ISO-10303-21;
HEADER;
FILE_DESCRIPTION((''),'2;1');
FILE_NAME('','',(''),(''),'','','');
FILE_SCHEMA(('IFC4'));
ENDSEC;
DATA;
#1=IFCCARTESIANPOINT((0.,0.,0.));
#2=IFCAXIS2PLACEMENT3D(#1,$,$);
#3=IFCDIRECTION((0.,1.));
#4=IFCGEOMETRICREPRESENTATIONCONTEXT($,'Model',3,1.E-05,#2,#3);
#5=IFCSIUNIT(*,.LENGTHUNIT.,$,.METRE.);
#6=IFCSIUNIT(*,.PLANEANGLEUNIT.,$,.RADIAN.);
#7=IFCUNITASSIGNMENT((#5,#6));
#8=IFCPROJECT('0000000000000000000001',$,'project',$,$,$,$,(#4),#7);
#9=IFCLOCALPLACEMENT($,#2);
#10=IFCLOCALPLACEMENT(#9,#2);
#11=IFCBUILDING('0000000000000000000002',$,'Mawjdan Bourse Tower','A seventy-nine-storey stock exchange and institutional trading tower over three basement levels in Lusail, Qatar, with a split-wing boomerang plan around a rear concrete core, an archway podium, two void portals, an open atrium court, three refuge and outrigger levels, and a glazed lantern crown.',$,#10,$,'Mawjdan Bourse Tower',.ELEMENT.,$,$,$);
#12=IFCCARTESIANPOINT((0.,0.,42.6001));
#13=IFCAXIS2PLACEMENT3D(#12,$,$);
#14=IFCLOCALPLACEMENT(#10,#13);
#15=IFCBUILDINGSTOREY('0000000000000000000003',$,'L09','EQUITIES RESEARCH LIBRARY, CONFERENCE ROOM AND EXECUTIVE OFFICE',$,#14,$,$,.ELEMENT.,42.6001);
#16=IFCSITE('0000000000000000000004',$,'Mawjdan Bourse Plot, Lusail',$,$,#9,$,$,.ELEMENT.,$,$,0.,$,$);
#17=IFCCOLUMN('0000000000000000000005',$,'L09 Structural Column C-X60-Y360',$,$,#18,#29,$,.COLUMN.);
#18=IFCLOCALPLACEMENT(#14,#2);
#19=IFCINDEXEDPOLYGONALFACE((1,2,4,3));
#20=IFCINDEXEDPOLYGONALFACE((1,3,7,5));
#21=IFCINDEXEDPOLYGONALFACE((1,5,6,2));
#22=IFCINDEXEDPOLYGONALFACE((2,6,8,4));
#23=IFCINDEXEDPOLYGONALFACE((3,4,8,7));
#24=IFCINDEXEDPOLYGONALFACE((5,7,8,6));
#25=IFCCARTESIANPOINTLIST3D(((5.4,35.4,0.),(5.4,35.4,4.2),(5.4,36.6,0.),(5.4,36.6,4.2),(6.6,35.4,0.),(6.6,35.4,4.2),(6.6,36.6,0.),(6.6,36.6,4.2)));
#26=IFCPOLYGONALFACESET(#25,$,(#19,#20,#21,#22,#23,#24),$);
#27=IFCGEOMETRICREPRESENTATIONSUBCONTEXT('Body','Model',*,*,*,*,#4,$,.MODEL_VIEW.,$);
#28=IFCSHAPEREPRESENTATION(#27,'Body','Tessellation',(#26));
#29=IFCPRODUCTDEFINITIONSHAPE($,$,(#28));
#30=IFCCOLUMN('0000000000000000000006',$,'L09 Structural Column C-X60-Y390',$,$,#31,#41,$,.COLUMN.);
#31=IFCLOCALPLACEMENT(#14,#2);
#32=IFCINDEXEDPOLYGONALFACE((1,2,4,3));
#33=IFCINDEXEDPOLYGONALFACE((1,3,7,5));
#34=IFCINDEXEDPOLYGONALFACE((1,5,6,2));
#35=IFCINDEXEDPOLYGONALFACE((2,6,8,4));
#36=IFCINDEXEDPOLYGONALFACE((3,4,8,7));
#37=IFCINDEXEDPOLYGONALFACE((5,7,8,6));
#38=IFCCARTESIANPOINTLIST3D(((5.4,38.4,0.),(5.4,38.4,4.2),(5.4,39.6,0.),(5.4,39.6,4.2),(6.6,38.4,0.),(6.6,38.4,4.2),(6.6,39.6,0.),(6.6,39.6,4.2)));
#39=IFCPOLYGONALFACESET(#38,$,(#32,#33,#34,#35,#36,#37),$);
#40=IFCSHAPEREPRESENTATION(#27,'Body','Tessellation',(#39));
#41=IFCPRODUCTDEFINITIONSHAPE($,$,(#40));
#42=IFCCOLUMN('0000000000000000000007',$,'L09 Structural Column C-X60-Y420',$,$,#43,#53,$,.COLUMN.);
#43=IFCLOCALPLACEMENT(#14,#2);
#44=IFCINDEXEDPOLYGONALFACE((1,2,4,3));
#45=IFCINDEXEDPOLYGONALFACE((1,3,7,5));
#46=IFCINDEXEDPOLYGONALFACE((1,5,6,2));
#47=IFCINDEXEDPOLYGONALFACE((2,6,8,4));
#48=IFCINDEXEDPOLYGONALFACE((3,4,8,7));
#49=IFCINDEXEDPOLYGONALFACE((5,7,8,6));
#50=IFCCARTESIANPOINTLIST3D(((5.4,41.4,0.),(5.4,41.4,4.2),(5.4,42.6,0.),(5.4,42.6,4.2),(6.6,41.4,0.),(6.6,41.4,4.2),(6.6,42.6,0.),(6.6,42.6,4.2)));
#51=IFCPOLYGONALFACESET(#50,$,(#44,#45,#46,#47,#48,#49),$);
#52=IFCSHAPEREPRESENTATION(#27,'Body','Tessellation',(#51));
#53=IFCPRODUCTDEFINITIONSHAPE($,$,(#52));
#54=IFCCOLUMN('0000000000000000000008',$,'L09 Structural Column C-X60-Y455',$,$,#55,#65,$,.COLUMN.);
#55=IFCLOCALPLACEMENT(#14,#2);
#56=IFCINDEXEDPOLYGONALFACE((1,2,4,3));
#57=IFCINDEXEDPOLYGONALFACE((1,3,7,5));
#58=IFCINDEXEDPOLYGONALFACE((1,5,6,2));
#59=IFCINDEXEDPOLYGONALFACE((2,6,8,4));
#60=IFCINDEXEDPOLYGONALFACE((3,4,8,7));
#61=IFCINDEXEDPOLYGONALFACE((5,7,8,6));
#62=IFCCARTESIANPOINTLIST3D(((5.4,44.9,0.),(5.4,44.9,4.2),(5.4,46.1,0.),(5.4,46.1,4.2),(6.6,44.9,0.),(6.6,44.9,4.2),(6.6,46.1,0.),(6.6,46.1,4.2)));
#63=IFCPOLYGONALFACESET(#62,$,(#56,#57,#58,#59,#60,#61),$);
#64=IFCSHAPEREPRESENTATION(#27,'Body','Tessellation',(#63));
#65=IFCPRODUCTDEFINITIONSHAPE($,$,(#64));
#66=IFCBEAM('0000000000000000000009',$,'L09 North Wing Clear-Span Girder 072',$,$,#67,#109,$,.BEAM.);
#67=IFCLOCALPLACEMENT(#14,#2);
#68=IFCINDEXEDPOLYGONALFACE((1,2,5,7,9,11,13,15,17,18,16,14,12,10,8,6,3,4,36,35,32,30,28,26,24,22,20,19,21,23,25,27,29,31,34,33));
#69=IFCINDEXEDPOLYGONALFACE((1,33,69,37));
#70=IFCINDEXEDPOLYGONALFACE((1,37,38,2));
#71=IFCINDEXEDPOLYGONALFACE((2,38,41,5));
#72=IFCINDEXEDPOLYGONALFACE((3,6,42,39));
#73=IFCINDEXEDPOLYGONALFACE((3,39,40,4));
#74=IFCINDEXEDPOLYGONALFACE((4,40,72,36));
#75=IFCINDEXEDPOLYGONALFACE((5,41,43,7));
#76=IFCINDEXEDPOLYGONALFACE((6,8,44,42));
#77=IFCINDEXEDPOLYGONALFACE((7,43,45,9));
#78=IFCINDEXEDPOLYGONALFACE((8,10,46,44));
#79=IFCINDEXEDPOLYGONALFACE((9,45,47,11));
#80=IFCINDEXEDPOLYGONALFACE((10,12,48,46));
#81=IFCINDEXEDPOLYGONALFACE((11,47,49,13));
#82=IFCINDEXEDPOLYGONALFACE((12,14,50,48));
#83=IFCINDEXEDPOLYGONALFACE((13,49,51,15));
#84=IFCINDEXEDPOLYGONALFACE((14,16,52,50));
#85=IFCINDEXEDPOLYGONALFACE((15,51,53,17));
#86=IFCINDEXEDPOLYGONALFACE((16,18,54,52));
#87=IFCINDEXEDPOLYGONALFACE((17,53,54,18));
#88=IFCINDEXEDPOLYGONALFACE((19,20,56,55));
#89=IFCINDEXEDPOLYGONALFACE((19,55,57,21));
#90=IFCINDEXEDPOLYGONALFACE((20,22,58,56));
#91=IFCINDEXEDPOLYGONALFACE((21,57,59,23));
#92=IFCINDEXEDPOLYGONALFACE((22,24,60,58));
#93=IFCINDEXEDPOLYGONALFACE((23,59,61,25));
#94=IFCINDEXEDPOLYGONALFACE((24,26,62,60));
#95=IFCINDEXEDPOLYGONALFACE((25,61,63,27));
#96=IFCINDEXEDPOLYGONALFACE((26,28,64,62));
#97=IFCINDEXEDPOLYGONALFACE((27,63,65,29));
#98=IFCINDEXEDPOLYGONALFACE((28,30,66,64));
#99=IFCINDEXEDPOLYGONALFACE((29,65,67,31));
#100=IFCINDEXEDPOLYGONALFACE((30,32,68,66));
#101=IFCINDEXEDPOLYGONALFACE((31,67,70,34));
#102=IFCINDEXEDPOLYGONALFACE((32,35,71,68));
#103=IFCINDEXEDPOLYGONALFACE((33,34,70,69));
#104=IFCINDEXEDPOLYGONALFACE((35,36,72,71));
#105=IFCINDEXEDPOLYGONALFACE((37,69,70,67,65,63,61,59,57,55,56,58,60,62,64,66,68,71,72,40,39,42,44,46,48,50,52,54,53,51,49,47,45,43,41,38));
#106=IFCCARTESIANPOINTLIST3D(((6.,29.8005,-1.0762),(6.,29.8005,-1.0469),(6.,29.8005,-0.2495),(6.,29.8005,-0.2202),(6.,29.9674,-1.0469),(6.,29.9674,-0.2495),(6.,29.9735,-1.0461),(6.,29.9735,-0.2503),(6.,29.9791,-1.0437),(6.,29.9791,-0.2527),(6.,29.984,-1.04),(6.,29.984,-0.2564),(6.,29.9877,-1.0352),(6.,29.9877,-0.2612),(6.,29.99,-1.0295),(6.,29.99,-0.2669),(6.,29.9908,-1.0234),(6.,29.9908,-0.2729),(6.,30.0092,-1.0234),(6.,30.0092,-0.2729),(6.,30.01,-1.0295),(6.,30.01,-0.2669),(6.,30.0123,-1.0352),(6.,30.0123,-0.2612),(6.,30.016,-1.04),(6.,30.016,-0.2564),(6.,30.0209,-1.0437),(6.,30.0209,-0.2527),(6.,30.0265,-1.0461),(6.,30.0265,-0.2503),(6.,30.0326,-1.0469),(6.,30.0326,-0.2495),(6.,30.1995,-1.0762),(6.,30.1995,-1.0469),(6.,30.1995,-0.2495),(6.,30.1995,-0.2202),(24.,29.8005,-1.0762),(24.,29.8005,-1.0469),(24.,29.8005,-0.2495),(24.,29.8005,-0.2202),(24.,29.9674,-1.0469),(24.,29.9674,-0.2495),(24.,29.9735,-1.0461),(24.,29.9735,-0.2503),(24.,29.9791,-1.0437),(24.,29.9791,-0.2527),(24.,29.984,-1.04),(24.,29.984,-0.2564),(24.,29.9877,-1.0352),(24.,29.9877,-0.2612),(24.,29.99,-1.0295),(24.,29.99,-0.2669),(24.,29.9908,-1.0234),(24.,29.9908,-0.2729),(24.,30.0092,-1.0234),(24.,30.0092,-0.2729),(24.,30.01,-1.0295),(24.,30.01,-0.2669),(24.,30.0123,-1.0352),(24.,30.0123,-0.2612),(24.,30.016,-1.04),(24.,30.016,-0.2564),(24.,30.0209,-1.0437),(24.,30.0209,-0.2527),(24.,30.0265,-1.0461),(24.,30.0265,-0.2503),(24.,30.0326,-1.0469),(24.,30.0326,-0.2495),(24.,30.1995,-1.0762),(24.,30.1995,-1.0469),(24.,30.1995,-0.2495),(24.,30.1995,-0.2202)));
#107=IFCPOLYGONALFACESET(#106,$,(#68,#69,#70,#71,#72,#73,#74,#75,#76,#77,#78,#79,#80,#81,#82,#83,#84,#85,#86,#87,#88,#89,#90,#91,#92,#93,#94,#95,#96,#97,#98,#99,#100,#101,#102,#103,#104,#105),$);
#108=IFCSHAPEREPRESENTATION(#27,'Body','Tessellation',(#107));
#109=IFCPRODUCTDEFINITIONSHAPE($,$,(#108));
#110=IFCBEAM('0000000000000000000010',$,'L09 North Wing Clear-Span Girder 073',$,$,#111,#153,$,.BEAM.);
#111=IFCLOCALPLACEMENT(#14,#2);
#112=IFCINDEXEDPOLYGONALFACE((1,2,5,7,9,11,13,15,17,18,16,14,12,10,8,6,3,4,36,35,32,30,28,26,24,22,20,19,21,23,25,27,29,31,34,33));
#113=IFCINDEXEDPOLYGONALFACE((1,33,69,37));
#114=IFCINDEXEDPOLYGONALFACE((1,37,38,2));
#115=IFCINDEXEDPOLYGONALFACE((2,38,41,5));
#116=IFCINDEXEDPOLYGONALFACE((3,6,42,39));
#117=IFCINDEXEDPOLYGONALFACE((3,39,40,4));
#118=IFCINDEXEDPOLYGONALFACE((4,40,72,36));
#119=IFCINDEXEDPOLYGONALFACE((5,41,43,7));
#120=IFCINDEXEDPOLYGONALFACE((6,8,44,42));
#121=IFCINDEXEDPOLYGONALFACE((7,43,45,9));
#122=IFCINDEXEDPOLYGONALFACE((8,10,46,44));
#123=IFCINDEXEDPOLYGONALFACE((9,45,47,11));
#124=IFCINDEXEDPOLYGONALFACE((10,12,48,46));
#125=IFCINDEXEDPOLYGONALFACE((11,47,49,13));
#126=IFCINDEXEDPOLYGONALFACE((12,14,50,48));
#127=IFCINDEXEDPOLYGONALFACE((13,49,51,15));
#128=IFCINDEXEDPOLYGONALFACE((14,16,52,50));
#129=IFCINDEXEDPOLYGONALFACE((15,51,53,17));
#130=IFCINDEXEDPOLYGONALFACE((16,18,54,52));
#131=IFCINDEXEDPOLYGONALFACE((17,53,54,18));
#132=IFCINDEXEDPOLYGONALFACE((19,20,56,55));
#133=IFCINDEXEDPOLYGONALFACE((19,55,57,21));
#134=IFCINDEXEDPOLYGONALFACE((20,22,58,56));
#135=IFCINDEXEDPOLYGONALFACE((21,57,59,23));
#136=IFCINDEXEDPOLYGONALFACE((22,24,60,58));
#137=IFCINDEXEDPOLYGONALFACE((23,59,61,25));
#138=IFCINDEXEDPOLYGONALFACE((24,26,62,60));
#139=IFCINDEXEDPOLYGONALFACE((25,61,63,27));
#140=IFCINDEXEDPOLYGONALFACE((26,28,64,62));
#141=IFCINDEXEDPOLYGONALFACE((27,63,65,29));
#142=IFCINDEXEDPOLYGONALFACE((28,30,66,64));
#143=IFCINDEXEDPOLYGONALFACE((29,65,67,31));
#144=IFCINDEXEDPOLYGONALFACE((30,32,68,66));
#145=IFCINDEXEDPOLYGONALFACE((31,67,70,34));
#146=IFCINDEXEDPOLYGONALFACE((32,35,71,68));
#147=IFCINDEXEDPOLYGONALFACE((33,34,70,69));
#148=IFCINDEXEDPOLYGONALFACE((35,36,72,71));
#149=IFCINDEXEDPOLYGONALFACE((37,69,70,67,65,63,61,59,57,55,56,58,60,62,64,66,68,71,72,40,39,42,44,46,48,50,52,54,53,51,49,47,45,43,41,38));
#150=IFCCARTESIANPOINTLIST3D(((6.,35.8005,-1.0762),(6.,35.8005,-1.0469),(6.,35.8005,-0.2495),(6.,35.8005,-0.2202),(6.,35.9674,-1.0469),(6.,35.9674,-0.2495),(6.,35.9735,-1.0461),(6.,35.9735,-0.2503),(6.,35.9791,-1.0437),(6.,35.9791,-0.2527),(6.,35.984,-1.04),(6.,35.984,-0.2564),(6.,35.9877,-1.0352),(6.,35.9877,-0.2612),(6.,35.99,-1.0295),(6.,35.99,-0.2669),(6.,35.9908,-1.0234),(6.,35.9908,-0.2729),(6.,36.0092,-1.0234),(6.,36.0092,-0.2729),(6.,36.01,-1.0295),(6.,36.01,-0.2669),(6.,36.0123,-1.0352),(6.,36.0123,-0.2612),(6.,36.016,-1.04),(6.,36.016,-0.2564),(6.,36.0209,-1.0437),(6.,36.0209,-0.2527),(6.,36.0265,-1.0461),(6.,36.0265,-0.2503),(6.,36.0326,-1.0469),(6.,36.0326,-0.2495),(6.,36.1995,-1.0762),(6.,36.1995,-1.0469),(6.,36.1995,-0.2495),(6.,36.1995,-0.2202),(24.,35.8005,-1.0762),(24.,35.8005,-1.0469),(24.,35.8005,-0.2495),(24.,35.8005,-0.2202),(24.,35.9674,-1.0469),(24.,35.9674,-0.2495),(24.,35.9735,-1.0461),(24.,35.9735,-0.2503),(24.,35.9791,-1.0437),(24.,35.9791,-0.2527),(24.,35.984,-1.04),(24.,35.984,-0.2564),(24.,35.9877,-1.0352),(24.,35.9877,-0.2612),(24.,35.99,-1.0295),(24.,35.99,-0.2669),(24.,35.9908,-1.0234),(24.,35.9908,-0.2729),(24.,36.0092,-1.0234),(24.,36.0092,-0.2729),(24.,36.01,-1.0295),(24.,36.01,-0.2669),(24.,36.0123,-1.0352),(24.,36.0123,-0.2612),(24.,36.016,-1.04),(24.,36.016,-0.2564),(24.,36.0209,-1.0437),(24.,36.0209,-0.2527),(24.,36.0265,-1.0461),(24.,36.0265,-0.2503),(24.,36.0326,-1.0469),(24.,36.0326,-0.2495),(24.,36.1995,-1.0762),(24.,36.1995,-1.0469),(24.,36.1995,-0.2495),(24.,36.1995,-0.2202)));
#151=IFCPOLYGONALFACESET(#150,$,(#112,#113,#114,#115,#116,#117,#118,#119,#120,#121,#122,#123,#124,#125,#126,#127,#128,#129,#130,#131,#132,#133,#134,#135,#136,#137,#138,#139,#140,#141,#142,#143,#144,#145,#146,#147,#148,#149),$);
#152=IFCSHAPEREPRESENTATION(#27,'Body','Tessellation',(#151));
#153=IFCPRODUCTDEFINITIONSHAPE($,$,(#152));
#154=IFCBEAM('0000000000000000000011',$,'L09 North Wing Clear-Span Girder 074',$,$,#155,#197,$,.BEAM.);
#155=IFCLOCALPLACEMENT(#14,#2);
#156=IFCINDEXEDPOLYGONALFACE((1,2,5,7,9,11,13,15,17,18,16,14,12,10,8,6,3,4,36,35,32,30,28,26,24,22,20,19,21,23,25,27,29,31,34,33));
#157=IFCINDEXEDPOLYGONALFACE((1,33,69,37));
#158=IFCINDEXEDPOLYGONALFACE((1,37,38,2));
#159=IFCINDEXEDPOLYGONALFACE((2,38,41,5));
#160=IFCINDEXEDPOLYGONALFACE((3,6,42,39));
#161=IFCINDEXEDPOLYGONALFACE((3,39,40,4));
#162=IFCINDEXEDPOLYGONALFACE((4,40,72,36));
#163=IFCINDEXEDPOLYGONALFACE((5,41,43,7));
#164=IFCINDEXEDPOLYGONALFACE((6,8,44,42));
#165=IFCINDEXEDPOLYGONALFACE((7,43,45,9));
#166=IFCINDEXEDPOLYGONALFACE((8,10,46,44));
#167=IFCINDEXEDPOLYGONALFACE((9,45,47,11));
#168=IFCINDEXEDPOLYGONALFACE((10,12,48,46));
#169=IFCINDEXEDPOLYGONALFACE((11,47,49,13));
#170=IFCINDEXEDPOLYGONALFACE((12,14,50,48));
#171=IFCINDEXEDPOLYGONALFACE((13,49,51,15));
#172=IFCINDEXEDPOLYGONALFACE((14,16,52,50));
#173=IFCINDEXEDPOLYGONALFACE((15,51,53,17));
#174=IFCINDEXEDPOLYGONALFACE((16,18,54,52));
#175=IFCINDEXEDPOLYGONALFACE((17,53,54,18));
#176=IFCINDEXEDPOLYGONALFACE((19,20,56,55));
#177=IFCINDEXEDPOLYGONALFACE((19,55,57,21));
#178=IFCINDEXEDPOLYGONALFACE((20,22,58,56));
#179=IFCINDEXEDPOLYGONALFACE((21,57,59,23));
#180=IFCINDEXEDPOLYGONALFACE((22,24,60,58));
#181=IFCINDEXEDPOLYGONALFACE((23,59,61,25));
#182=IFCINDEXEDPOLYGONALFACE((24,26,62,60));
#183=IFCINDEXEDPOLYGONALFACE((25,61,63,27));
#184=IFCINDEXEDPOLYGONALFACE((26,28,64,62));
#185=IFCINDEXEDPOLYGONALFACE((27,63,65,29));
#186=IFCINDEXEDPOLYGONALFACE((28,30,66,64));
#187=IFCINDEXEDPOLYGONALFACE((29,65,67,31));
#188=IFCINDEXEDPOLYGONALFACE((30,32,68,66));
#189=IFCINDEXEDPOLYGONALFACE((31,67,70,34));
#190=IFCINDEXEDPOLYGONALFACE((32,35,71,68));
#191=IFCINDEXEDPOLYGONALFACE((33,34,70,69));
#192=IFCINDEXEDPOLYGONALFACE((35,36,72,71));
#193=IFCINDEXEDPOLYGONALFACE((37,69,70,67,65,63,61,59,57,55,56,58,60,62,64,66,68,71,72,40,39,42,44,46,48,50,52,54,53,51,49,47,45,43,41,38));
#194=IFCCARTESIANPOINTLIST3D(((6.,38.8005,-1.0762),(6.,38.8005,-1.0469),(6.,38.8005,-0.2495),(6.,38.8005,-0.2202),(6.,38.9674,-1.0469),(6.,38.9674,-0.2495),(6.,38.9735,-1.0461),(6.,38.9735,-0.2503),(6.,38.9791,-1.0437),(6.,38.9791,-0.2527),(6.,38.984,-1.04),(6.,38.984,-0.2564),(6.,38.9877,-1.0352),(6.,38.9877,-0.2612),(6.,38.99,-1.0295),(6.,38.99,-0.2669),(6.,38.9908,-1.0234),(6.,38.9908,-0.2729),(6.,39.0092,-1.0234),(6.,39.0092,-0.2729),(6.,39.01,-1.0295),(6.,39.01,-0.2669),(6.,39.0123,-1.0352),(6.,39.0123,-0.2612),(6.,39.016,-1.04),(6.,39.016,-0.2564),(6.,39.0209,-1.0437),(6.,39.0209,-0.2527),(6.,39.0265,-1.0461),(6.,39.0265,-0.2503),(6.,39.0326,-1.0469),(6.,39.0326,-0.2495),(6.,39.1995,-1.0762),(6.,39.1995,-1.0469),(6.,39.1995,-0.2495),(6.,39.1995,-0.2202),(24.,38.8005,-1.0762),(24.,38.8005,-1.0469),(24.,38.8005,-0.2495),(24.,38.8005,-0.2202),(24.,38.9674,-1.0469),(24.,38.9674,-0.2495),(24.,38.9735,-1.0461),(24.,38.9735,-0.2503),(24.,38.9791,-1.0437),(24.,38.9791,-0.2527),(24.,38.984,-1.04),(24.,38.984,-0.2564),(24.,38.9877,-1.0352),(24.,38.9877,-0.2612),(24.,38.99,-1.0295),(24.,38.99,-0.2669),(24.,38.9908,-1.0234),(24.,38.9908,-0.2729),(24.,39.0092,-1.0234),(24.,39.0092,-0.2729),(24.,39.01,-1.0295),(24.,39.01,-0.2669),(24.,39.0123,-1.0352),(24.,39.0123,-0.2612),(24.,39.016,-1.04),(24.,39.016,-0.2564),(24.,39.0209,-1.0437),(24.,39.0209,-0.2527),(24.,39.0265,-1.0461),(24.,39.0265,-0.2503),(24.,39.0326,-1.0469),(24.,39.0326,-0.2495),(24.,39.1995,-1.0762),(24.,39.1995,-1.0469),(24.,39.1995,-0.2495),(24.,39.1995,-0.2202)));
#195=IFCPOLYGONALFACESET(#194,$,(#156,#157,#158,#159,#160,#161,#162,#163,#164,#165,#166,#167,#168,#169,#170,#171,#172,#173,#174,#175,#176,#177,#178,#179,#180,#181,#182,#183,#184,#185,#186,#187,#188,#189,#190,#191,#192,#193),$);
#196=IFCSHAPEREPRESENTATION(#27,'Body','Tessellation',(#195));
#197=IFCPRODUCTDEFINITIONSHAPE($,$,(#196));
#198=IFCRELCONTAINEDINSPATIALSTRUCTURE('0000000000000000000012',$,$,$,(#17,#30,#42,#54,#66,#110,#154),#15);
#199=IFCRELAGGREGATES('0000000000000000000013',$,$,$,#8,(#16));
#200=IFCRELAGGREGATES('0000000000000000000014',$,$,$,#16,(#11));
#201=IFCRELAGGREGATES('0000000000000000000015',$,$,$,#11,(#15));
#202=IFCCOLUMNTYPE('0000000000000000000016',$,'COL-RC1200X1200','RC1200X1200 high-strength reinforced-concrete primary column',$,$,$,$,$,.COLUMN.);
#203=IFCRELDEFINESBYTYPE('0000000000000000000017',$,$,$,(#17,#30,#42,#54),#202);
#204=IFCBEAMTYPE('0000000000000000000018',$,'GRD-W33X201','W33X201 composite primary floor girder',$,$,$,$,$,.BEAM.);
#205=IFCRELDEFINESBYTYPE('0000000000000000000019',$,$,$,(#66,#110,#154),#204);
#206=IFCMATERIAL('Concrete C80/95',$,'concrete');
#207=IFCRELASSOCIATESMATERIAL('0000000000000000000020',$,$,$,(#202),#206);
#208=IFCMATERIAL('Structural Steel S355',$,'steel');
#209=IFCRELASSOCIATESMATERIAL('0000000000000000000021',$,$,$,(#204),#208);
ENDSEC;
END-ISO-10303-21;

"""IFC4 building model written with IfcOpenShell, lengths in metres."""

from ifc_helpers import new_model, si_unit, direction, frame, origin, origin_2d, place, context, subcontext, project, spatial, rectangle, i_section, extrude, material, material_profile, profile_set, type_object, element, save


model = new_model("IFC4")

# Units and contexts
model_context = context("Model", 3, precision=1e-05, world=origin(), true_north=direction((0.0, 1.0)))
body_context = subcontext(model_context, "Body", "Model", "MODEL_VIEW")
ifc_project = project(units=[si_unit("LENGTHUNIT", "METRE"), si_unit("PLANEANGLEUNIT", "RADIAN")], contexts=[model_context])

# Site, building, storey
site_placement = place(None, origin())
site = spatial("IfcSite", under=ifc_project, at=site_placement, Name="Mawjdan Bourse Plot, Lusail", CompositionType="ELEMENT", RefElevation=0.0)
building_placement = place(site_placement, origin())
building = spatial("IfcBuilding", under=site, at=building_placement, Name="Mawjdan Bourse Tower", Description="A seventy-nine-storey stock exchange and institutional trading tower over three basement levels in Lusail, Qatar, with a split-wing boomerang plan around a rear concrete core, an archway podium, two void portals, an open atrium court, three refuge and outrigger levels, and a glazed lantern crown.", LongName="Mawjdan Bourse Tower", CompositionType="ELEMENT")
storey_placement = place(building_placement, frame((0.0, 0.0, 42.6001)))
storey = spatial("IfcBuildingStorey", under=building, at=storey_placement, Name="L09", Description="EQUITIES RESEARCH LIBRARY, CONFERENCE ROOM AND EXECUTIVE OFFICE", CompositionType="ELEMENT", Elevation=42.6001)

# Columns
ifc_material_1 = material(Name="Concrete C80/95", Category="concrete")
ifc_material_profile_1 = material_profile(ifc_material_1, rectangle(XDim=1.2, YDim=1.2, at=origin_2d()), Name="RC1200X1200")
ifc_profile_set_1 = profile_set([ifc_material_profile_1], Name="Concrete C80/95")
column_type = type_object("IfcColumnType", Name="COL-RC1200X1200", Description="RC1200X1200 high-strength reinforced-concrete primary column", PredefinedType="COLUMN", material=ifc_profile_set_1)
for number, where, z_axis, x_axis, name in (
    (1, (6.0, 36.0, 0.0), (0.0, 0.0, 1.0), (1.0, 0.0, 0.0), "L09 Structural Column C-X60-Y360"),
    (2, (6.0, 39.0, 0.0), (0.0, 0.0, 1.0), (1.0, 0.0, 0.0), "L09 Structural Column C-X60-Y390"),
    (3, (6.0, 42.0, 0.0), (0.0, 0.0, 1.0), (1.0, 0.0, 0.0), "L09 Structural Column C-X60-Y420"),
    (4, (6.0, 45.5, 0.0), (0.0, 0.0, 1.0), (1.0, 0.0, 0.0), "L09 Structural Column C-X60-Y455"),
):
    element("IfcColumn", number, at=place(storey_placement, frame(where, z_axis=z_axis, x_axis=x_axis)), inside=storey, type_object=column_type, Name=name, PredefinedType="COLUMN", context=body_context, shape_type="SweptSolid", body=[
        extrude(rectangle(XDim=1.2, YDim=1.2, at=origin_2d()), origin(), (0.0, 0.0, 1.0), 4.2),
    ])

# Beams
ifc_material_2 = material(Name="Structural Steel S355", Category="steel")
ifc_material_profile_2 = material_profile(ifc_material_2, i_section(OverallWidth=0.3989, OverallDepth=0.856, WebThickness=0.0183, FlangeThickness=0.0293, FilletRadius=0.0234, at=origin_2d()), Name="W33X201")
ifc_profile_set_2 = profile_set([ifc_material_profile_2], Name="Structural Steel S355")
beam_type_1 = type_object("IfcBeamType", Name="GRD-W33X201", Description="W33X201 composite primary floor girder", PredefinedType="BEAM", material=ifc_profile_set_2)
for number, where, z_axis, x_axis, name in (
    (5, (6.0, 30.0, -0.6482), (1.0, 0.0, 0.0), (0.0, 1.0, 0.0), "L09 North Wing Clear-Span Girder 072"),
    (6, (6.0, 36.0, -0.6482), (1.0, 0.0, 0.0), (0.0, 1.0, 0.0), "L09 North Wing Clear-Span Girder 073"),
    (7, (6.0, 39.0, -0.6482), (1.0, 0.0, 0.0), (0.0, 1.0, 0.0), "L09 North Wing Clear-Span Girder 074"),
):
    element("IfcBeam", number, at=place(storey_placement, frame(where, z_axis=z_axis, x_axis=x_axis)), inside=storey, type_object=beam_type_1, Name=name, PredefinedType="BEAM", context=body_context, shape_type="SweptSolid", body=[
        extrude(i_section(OverallWidth=0.3989, OverallDepth=0.856, WebThickness=0.0183, FlangeThickness=0.0293, FilletRadius=0.0234, at=origin_2d()), origin(), (0.0, 0.0, 1.0), 18.0),
    ])

save(model, "model.ifc")
